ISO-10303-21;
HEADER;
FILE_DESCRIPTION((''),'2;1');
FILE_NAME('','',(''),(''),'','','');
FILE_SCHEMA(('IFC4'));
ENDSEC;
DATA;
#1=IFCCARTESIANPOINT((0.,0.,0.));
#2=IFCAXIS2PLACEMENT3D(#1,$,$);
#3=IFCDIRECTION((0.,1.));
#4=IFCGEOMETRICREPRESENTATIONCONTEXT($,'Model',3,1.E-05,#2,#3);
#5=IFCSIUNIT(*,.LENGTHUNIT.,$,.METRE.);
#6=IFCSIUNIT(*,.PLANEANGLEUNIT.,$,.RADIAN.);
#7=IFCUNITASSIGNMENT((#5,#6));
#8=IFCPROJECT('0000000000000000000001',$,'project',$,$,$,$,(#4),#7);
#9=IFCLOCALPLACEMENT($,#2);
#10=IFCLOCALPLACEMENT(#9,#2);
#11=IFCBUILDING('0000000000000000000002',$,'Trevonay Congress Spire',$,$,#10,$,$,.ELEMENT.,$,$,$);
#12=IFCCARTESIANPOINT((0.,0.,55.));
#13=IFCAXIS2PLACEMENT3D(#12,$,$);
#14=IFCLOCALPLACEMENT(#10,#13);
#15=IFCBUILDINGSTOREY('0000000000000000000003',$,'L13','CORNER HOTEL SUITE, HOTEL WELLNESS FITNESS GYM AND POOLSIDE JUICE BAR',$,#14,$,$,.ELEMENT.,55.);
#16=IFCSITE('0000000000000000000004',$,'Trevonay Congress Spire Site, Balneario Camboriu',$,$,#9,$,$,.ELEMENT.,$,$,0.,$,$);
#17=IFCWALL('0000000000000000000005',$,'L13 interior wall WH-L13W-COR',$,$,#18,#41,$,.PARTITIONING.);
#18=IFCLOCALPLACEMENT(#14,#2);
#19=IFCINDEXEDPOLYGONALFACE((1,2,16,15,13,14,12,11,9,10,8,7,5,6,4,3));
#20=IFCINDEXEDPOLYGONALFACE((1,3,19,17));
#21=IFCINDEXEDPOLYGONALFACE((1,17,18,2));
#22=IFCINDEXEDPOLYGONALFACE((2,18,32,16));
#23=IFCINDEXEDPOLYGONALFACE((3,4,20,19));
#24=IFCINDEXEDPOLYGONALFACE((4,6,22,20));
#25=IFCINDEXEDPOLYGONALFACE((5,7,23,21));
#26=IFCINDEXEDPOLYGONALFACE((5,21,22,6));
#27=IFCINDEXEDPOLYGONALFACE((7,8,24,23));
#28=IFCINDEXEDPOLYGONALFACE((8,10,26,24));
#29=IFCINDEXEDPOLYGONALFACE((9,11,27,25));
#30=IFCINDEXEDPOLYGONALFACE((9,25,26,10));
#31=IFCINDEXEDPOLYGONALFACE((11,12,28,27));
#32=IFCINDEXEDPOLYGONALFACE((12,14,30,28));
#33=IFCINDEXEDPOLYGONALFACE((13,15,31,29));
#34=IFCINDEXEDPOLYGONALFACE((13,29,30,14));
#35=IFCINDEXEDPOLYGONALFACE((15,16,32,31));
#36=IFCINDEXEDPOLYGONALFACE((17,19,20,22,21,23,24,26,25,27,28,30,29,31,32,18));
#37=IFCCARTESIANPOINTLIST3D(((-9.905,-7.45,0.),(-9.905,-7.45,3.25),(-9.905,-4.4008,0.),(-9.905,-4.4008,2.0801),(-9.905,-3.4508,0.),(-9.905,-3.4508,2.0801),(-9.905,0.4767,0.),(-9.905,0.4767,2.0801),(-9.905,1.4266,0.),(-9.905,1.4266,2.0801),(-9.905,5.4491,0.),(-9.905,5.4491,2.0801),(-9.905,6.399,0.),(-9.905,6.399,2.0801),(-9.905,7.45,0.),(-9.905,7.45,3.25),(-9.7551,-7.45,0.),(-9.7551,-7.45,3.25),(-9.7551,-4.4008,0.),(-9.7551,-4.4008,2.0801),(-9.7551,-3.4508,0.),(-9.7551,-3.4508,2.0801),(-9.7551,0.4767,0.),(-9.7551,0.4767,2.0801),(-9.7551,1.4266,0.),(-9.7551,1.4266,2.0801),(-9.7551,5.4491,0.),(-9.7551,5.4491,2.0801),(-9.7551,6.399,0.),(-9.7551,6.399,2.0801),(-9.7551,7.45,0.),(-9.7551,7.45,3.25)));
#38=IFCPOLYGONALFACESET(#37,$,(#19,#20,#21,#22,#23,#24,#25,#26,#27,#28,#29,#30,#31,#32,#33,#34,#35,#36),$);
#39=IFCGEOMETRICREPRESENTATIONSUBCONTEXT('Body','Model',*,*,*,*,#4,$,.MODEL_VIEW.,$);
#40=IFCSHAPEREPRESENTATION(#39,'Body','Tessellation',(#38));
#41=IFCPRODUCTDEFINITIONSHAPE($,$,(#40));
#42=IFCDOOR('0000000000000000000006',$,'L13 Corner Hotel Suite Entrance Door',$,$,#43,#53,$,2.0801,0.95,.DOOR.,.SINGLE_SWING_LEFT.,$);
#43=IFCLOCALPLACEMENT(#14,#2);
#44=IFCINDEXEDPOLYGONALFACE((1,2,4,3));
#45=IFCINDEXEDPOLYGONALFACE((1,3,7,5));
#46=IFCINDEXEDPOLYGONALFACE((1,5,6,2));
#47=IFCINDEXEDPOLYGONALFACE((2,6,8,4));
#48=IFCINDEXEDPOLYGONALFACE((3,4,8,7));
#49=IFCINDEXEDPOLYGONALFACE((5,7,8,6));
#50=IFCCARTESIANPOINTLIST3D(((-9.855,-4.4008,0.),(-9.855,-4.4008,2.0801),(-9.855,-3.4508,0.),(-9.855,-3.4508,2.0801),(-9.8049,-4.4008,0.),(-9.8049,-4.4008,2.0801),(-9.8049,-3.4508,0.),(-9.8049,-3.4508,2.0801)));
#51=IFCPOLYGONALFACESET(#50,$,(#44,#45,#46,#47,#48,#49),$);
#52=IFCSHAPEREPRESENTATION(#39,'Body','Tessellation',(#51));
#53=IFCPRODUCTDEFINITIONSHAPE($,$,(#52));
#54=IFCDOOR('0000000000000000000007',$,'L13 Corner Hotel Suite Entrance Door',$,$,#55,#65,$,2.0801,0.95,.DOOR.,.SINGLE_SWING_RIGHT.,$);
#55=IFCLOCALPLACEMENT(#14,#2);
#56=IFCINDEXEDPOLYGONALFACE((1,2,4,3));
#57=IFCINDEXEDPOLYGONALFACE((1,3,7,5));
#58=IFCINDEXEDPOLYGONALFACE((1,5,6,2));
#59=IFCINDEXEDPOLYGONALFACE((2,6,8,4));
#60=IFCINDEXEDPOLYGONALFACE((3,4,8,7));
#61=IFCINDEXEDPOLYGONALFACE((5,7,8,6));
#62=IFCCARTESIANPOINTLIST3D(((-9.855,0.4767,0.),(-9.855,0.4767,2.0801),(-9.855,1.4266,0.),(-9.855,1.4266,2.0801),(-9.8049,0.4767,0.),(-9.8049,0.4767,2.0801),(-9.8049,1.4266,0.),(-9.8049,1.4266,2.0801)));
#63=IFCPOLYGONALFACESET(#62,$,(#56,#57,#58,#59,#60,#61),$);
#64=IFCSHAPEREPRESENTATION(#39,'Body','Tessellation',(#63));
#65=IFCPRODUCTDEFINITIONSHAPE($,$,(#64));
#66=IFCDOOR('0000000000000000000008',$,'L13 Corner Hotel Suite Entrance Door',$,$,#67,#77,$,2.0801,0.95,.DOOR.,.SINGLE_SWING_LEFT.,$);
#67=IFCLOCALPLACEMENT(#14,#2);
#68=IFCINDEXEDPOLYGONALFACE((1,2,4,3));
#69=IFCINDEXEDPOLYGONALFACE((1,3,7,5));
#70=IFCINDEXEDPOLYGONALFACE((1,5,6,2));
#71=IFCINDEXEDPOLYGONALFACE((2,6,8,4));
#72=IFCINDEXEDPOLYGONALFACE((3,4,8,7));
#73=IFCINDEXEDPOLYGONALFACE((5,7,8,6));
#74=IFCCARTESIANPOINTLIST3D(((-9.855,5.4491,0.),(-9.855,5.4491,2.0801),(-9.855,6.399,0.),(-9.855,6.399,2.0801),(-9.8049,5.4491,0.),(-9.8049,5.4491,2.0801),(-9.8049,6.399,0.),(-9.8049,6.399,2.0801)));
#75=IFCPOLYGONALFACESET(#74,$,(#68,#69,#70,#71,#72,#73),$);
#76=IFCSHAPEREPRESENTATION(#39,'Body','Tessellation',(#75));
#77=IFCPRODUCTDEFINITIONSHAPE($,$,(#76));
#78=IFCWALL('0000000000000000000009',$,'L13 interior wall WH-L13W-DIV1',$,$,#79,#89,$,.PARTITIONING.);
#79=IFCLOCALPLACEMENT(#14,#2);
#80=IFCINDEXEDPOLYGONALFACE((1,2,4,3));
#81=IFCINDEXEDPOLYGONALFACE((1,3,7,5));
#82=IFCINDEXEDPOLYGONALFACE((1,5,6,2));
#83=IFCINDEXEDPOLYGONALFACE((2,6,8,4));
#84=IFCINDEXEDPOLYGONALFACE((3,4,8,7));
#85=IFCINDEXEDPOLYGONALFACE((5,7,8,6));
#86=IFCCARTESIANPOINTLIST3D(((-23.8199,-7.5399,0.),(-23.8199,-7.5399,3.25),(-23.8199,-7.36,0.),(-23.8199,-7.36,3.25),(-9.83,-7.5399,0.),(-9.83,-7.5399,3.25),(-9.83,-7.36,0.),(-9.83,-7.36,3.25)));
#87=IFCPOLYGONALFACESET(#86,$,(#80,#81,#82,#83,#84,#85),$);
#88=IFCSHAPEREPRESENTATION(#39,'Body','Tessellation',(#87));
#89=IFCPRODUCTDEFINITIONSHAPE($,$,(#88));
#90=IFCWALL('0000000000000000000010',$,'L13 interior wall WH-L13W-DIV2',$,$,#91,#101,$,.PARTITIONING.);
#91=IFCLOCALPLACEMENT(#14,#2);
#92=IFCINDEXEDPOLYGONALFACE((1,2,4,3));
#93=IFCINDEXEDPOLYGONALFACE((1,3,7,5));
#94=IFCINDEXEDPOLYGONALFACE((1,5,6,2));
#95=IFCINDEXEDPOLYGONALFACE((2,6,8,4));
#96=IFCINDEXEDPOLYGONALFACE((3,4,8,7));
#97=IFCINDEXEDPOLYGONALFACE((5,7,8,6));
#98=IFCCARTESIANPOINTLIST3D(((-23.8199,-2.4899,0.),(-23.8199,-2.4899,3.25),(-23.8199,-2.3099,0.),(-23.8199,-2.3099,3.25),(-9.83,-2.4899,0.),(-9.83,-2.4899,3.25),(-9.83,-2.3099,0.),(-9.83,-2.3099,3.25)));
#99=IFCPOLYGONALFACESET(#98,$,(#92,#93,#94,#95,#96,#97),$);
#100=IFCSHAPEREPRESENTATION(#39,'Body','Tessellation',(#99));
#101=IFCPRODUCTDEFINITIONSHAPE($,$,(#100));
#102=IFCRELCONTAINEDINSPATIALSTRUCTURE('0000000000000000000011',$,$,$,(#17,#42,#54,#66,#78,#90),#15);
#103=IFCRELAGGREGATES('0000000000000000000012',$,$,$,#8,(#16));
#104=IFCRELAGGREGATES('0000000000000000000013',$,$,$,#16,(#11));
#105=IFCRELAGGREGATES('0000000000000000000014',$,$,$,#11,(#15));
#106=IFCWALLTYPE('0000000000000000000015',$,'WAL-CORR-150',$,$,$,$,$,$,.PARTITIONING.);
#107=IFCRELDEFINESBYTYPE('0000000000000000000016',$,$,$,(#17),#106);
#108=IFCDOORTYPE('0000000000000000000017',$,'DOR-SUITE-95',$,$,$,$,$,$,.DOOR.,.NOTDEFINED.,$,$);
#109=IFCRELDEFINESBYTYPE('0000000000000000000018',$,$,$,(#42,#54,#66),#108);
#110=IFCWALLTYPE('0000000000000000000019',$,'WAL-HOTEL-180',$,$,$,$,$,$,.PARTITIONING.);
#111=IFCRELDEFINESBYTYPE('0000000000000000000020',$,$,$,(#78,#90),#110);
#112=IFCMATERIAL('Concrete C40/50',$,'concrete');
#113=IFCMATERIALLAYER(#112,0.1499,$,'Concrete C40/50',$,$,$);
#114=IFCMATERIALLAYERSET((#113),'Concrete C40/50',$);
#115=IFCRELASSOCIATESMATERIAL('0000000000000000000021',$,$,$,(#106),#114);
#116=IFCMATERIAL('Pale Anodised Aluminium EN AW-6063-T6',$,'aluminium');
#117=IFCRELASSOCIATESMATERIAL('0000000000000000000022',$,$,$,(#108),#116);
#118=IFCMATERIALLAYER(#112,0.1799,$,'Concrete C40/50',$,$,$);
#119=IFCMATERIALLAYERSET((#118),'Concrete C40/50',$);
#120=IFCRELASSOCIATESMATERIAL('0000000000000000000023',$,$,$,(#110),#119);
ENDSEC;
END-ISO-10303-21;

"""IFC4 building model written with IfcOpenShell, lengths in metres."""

from ifc_helpers import new_model, si_unit, direction, frame, frame_2d, origin, place, context, subcontext, project, spatial, rectangle, extrude, material, layer, layer_set, type_object, element, fill, save


model = new_model("IFC4")

# Units and contexts
model_context = context("Model", 3, precision=1e-05, world=origin(), true_north=direction((0.0, 1.0)))
body_context = subcontext(model_context, "Body", "Model", "MODEL_VIEW")
ifc_project = project(units=[si_unit("LENGTHUNIT", "METRE"), si_unit("PLANEANGLEUNIT", "RADIAN")], contexts=[model_context])

# Site, building, storey
site_placement = place(None, origin())
site = spatial("IfcSite", under=ifc_project, at=site_placement, Name="Trevonay Congress Spire Site, Balneario Camboriu", CompositionType="ELEMENT", RefElevation=0.0)
building_placement = place(site_placement, origin())
building = spatial("IfcBuilding", under=site, at=building_placement, Name="Trevonay Congress Spire", CompositionType="ELEMENT")
storey_placement = place(building_placement, frame((0.0, 0.0, 55.0)))
storey = spatial("IfcBuildingStorey", under=building, at=storey_placement, Name="L13", Description="CORNER HOTEL SUITE, HOTEL WELLNESS FITNESS GYM AND POOLSIDE JUICE BAR", CompositionType="ELEMENT", Elevation=55.0)

# Shared definitions
ifc_material_1 = material(Name="Concrete C40/50", Category="concrete")
ifc_material_2 = material(Name="Pale Anodised Aluminium EN AW-6063-T6", Category="aluminium")

# Wall, openings, doors
ifc_layer_1 = layer(ifc_material_1, 0.1499, Name="Concrete C40/50")
ifc_layer_set_1 = layer_set([ifc_layer_1], Name="Concrete C40/50")
wall_type_1 = type_object("IfcWallType", Name="WAL-CORR-150", PredefinedType="PARTITIONING", material=ifc_layer_set_1)
wall_1_placement = place(storey_placement, frame((-9.8301, -7.45, 0.0), z_axis=(0.0, 0.0, 1.0), x_axis=(0.0, 1.0, 0.0)))
wall_1 = element("IfcWall", 1, at=wall_1_placement, inside=storey, type_object=wall_type_1, Name="L13 interior wall WH-L13W-COR", PredefinedType="PARTITIONING", context=body_context, shape_type="SweptSolid", body=[
    extrude(rectangle(XDim=14.8999, YDim=0.1499, at=frame_2d((7.45, 0.0))), origin(), (0.0, 0.0, 1.0), 3.25),
])
opening_1_placement = place(wall_1_placement, frame((3.0491, 0.0, 0.0)))
opening_1 = element("IfcOpeningElement", 2, at=opening_1_placement, cuts=wall_1, PredefinedType="OPENING", context=body_context, shape_type="SweptSolid", body=[
    extrude(rectangle(XDim=0.95, YDim=2.0801, at=frame_2d((0.4751, 1.04))), frame((0.0, 0.085, 0.0), z_axis=(0.0, -1.0, 0.0), x_axis=(1.0, 0.0, 0.0)), (0.0, 0.0, 1.0), 0.1699),
])
opening_2_placement = place(wall_1_placement, frame((7.9265, 0.0, 0.0)))
opening_2 = element("IfcOpeningElement", 3, at=opening_2_placement, cuts=wall_1, PredefinedType="OPENING", context=body_context, shape_type="SweptSolid", body=[
    extrude(rectangle(XDim=0.95, YDim=2.0801, at=frame_2d((0.4751, 1.04))), frame((0.0, 0.085, 0.0), z_axis=(0.0, -1.0, 0.0), x_axis=(1.0, 0.0, 0.0)), (0.0, 0.0, 1.0), 0.1699),
])
opening_3_placement = place(wall_1_placement, frame((12.8989, 0.0, 0.0)))
opening_3 = element("IfcOpeningElement", 4, at=opening_3_placement, cuts=wall_1, PredefinedType="OPENING", context=body_context, shape_type="SweptSolid", body=[
    extrude(rectangle(XDim=0.95, YDim=2.0801, at=frame_2d((0.4751, 1.04))), frame((0.0, 0.085, 0.0), z_axis=(0.0, -1.0, 0.0), x_axis=(1.0, 0.0, 0.0)), (0.0, 0.0, 1.0), 0.1699),
])
door_type_1 = type_object("IfcDoorType", Name="DOR-SUITE-95", OperationType="NOTDEFINED", PredefinedType="DOOR", material=ifc_material_2)
door_1_placement = place(opening_1_placement, origin())
door_1 = element("IfcDoor", 5, at=door_1_placement, inside=storey, type_object=door_type_1, Name="L13 Corner Hotel Suite Entrance Door", OperationType="SINGLE_SWING_LEFT", OverallHeight=2.0801, OverallWidth=0.95, PredefinedType="DOOR", context=body_context, shape_type="SweptSolid", body=[
    extrude(rectangle(XDim=0.95, YDim=2.0801, at=frame_2d((0.4751, 1.04))), frame((0.0, 0.0249, 0.0), z_axis=(0.0, -1.0, 0.0), x_axis=(1.0, 0.0, 0.0)), (0.0, 0.0, 1.0), 0.05),
])
fill(opening_1, door_1)
door_2_placement = place(opening_2_placement, origin())
door_2 = element("IfcDoor", 6, at=door_2_placement, inside=storey, type_object=door_type_1, Name="L13 Corner Hotel Suite Entrance Door", OperationType="SINGLE_SWING_RIGHT", OverallHeight=2.0801, OverallWidth=0.95, PredefinedType="DOOR", context=body_context, shape_type="SweptSolid", body=[
    extrude(rectangle(XDim=0.95, YDim=2.0801, at=frame_2d((0.4751, 1.04))), frame((0.0, 0.0249, 0.0), z_axis=(0.0, -1.0, 0.0), x_axis=(1.0, 0.0, 0.0)), (0.0, 0.0, 1.0), 0.05),
])
fill(opening_2, door_2)
door_3_placement = place(opening_3_placement, origin())
door_3 = element("IfcDoor", 7, at=door_3_placement, inside=storey, type_object=door_type_1, Name="L13 Corner Hotel Suite Entrance Door", OperationType="SINGLE_SWING_LEFT", OverallHeight=2.0801, OverallWidth=0.95, PredefinedType="DOOR", context=body_context, shape_type="SweptSolid", body=[
    extrude(rectangle(XDim=0.95, YDim=2.0801, at=frame_2d((0.4751, 1.04))), frame((0.0, 0.0249, 0.0), z_axis=(0.0, -1.0, 0.0), x_axis=(1.0, 0.0, 0.0)), (0.0, 0.0, 1.0), 0.05),
])
fill(opening_3, door_3)

# Walls
ifc_layer_2 = layer(ifc_material_1, 0.1799, Name="Concrete C40/50")
ifc_layer_set_2 = layer_set([ifc_layer_2], Name="Concrete C40/50")
wall_type_2 = type_object("IfcWallType", Name="WAL-HOTEL-180", PredefinedType="PARTITIONING", material=ifc_layer_set_2)
for number, where, z_axis, x_axis, name in (
    (8, (-23.8201, -7.45, 0.0), (0.0, 0.0, 1.0), (1.0, 0.0, 0.0), "L13 interior wall WH-L13W-DIV1"),
    (9, (-23.8201, -2.3999, 0.0), (0.0, 0.0, 1.0), (1.0, 0.0, 0.0), "L13 interior wall WH-L13W-DIV2"),
):
    element("IfcWall", number, at=place(storey_placement, frame(where, z_axis=z_axis, x_axis=x_axis)), inside=storey, type_object=wall_type_2, Name=name, PredefinedType="PARTITIONING", context=body_context, shape_type="SweptSolid", body=[
        extrude(rectangle(XDim=13.99, YDim=0.1799, at=frame_2d((6.9951, 0.0))), origin(), (0.0, 0.0, 1.0), 3.25),
    ])

save(model, "model.ifc")
